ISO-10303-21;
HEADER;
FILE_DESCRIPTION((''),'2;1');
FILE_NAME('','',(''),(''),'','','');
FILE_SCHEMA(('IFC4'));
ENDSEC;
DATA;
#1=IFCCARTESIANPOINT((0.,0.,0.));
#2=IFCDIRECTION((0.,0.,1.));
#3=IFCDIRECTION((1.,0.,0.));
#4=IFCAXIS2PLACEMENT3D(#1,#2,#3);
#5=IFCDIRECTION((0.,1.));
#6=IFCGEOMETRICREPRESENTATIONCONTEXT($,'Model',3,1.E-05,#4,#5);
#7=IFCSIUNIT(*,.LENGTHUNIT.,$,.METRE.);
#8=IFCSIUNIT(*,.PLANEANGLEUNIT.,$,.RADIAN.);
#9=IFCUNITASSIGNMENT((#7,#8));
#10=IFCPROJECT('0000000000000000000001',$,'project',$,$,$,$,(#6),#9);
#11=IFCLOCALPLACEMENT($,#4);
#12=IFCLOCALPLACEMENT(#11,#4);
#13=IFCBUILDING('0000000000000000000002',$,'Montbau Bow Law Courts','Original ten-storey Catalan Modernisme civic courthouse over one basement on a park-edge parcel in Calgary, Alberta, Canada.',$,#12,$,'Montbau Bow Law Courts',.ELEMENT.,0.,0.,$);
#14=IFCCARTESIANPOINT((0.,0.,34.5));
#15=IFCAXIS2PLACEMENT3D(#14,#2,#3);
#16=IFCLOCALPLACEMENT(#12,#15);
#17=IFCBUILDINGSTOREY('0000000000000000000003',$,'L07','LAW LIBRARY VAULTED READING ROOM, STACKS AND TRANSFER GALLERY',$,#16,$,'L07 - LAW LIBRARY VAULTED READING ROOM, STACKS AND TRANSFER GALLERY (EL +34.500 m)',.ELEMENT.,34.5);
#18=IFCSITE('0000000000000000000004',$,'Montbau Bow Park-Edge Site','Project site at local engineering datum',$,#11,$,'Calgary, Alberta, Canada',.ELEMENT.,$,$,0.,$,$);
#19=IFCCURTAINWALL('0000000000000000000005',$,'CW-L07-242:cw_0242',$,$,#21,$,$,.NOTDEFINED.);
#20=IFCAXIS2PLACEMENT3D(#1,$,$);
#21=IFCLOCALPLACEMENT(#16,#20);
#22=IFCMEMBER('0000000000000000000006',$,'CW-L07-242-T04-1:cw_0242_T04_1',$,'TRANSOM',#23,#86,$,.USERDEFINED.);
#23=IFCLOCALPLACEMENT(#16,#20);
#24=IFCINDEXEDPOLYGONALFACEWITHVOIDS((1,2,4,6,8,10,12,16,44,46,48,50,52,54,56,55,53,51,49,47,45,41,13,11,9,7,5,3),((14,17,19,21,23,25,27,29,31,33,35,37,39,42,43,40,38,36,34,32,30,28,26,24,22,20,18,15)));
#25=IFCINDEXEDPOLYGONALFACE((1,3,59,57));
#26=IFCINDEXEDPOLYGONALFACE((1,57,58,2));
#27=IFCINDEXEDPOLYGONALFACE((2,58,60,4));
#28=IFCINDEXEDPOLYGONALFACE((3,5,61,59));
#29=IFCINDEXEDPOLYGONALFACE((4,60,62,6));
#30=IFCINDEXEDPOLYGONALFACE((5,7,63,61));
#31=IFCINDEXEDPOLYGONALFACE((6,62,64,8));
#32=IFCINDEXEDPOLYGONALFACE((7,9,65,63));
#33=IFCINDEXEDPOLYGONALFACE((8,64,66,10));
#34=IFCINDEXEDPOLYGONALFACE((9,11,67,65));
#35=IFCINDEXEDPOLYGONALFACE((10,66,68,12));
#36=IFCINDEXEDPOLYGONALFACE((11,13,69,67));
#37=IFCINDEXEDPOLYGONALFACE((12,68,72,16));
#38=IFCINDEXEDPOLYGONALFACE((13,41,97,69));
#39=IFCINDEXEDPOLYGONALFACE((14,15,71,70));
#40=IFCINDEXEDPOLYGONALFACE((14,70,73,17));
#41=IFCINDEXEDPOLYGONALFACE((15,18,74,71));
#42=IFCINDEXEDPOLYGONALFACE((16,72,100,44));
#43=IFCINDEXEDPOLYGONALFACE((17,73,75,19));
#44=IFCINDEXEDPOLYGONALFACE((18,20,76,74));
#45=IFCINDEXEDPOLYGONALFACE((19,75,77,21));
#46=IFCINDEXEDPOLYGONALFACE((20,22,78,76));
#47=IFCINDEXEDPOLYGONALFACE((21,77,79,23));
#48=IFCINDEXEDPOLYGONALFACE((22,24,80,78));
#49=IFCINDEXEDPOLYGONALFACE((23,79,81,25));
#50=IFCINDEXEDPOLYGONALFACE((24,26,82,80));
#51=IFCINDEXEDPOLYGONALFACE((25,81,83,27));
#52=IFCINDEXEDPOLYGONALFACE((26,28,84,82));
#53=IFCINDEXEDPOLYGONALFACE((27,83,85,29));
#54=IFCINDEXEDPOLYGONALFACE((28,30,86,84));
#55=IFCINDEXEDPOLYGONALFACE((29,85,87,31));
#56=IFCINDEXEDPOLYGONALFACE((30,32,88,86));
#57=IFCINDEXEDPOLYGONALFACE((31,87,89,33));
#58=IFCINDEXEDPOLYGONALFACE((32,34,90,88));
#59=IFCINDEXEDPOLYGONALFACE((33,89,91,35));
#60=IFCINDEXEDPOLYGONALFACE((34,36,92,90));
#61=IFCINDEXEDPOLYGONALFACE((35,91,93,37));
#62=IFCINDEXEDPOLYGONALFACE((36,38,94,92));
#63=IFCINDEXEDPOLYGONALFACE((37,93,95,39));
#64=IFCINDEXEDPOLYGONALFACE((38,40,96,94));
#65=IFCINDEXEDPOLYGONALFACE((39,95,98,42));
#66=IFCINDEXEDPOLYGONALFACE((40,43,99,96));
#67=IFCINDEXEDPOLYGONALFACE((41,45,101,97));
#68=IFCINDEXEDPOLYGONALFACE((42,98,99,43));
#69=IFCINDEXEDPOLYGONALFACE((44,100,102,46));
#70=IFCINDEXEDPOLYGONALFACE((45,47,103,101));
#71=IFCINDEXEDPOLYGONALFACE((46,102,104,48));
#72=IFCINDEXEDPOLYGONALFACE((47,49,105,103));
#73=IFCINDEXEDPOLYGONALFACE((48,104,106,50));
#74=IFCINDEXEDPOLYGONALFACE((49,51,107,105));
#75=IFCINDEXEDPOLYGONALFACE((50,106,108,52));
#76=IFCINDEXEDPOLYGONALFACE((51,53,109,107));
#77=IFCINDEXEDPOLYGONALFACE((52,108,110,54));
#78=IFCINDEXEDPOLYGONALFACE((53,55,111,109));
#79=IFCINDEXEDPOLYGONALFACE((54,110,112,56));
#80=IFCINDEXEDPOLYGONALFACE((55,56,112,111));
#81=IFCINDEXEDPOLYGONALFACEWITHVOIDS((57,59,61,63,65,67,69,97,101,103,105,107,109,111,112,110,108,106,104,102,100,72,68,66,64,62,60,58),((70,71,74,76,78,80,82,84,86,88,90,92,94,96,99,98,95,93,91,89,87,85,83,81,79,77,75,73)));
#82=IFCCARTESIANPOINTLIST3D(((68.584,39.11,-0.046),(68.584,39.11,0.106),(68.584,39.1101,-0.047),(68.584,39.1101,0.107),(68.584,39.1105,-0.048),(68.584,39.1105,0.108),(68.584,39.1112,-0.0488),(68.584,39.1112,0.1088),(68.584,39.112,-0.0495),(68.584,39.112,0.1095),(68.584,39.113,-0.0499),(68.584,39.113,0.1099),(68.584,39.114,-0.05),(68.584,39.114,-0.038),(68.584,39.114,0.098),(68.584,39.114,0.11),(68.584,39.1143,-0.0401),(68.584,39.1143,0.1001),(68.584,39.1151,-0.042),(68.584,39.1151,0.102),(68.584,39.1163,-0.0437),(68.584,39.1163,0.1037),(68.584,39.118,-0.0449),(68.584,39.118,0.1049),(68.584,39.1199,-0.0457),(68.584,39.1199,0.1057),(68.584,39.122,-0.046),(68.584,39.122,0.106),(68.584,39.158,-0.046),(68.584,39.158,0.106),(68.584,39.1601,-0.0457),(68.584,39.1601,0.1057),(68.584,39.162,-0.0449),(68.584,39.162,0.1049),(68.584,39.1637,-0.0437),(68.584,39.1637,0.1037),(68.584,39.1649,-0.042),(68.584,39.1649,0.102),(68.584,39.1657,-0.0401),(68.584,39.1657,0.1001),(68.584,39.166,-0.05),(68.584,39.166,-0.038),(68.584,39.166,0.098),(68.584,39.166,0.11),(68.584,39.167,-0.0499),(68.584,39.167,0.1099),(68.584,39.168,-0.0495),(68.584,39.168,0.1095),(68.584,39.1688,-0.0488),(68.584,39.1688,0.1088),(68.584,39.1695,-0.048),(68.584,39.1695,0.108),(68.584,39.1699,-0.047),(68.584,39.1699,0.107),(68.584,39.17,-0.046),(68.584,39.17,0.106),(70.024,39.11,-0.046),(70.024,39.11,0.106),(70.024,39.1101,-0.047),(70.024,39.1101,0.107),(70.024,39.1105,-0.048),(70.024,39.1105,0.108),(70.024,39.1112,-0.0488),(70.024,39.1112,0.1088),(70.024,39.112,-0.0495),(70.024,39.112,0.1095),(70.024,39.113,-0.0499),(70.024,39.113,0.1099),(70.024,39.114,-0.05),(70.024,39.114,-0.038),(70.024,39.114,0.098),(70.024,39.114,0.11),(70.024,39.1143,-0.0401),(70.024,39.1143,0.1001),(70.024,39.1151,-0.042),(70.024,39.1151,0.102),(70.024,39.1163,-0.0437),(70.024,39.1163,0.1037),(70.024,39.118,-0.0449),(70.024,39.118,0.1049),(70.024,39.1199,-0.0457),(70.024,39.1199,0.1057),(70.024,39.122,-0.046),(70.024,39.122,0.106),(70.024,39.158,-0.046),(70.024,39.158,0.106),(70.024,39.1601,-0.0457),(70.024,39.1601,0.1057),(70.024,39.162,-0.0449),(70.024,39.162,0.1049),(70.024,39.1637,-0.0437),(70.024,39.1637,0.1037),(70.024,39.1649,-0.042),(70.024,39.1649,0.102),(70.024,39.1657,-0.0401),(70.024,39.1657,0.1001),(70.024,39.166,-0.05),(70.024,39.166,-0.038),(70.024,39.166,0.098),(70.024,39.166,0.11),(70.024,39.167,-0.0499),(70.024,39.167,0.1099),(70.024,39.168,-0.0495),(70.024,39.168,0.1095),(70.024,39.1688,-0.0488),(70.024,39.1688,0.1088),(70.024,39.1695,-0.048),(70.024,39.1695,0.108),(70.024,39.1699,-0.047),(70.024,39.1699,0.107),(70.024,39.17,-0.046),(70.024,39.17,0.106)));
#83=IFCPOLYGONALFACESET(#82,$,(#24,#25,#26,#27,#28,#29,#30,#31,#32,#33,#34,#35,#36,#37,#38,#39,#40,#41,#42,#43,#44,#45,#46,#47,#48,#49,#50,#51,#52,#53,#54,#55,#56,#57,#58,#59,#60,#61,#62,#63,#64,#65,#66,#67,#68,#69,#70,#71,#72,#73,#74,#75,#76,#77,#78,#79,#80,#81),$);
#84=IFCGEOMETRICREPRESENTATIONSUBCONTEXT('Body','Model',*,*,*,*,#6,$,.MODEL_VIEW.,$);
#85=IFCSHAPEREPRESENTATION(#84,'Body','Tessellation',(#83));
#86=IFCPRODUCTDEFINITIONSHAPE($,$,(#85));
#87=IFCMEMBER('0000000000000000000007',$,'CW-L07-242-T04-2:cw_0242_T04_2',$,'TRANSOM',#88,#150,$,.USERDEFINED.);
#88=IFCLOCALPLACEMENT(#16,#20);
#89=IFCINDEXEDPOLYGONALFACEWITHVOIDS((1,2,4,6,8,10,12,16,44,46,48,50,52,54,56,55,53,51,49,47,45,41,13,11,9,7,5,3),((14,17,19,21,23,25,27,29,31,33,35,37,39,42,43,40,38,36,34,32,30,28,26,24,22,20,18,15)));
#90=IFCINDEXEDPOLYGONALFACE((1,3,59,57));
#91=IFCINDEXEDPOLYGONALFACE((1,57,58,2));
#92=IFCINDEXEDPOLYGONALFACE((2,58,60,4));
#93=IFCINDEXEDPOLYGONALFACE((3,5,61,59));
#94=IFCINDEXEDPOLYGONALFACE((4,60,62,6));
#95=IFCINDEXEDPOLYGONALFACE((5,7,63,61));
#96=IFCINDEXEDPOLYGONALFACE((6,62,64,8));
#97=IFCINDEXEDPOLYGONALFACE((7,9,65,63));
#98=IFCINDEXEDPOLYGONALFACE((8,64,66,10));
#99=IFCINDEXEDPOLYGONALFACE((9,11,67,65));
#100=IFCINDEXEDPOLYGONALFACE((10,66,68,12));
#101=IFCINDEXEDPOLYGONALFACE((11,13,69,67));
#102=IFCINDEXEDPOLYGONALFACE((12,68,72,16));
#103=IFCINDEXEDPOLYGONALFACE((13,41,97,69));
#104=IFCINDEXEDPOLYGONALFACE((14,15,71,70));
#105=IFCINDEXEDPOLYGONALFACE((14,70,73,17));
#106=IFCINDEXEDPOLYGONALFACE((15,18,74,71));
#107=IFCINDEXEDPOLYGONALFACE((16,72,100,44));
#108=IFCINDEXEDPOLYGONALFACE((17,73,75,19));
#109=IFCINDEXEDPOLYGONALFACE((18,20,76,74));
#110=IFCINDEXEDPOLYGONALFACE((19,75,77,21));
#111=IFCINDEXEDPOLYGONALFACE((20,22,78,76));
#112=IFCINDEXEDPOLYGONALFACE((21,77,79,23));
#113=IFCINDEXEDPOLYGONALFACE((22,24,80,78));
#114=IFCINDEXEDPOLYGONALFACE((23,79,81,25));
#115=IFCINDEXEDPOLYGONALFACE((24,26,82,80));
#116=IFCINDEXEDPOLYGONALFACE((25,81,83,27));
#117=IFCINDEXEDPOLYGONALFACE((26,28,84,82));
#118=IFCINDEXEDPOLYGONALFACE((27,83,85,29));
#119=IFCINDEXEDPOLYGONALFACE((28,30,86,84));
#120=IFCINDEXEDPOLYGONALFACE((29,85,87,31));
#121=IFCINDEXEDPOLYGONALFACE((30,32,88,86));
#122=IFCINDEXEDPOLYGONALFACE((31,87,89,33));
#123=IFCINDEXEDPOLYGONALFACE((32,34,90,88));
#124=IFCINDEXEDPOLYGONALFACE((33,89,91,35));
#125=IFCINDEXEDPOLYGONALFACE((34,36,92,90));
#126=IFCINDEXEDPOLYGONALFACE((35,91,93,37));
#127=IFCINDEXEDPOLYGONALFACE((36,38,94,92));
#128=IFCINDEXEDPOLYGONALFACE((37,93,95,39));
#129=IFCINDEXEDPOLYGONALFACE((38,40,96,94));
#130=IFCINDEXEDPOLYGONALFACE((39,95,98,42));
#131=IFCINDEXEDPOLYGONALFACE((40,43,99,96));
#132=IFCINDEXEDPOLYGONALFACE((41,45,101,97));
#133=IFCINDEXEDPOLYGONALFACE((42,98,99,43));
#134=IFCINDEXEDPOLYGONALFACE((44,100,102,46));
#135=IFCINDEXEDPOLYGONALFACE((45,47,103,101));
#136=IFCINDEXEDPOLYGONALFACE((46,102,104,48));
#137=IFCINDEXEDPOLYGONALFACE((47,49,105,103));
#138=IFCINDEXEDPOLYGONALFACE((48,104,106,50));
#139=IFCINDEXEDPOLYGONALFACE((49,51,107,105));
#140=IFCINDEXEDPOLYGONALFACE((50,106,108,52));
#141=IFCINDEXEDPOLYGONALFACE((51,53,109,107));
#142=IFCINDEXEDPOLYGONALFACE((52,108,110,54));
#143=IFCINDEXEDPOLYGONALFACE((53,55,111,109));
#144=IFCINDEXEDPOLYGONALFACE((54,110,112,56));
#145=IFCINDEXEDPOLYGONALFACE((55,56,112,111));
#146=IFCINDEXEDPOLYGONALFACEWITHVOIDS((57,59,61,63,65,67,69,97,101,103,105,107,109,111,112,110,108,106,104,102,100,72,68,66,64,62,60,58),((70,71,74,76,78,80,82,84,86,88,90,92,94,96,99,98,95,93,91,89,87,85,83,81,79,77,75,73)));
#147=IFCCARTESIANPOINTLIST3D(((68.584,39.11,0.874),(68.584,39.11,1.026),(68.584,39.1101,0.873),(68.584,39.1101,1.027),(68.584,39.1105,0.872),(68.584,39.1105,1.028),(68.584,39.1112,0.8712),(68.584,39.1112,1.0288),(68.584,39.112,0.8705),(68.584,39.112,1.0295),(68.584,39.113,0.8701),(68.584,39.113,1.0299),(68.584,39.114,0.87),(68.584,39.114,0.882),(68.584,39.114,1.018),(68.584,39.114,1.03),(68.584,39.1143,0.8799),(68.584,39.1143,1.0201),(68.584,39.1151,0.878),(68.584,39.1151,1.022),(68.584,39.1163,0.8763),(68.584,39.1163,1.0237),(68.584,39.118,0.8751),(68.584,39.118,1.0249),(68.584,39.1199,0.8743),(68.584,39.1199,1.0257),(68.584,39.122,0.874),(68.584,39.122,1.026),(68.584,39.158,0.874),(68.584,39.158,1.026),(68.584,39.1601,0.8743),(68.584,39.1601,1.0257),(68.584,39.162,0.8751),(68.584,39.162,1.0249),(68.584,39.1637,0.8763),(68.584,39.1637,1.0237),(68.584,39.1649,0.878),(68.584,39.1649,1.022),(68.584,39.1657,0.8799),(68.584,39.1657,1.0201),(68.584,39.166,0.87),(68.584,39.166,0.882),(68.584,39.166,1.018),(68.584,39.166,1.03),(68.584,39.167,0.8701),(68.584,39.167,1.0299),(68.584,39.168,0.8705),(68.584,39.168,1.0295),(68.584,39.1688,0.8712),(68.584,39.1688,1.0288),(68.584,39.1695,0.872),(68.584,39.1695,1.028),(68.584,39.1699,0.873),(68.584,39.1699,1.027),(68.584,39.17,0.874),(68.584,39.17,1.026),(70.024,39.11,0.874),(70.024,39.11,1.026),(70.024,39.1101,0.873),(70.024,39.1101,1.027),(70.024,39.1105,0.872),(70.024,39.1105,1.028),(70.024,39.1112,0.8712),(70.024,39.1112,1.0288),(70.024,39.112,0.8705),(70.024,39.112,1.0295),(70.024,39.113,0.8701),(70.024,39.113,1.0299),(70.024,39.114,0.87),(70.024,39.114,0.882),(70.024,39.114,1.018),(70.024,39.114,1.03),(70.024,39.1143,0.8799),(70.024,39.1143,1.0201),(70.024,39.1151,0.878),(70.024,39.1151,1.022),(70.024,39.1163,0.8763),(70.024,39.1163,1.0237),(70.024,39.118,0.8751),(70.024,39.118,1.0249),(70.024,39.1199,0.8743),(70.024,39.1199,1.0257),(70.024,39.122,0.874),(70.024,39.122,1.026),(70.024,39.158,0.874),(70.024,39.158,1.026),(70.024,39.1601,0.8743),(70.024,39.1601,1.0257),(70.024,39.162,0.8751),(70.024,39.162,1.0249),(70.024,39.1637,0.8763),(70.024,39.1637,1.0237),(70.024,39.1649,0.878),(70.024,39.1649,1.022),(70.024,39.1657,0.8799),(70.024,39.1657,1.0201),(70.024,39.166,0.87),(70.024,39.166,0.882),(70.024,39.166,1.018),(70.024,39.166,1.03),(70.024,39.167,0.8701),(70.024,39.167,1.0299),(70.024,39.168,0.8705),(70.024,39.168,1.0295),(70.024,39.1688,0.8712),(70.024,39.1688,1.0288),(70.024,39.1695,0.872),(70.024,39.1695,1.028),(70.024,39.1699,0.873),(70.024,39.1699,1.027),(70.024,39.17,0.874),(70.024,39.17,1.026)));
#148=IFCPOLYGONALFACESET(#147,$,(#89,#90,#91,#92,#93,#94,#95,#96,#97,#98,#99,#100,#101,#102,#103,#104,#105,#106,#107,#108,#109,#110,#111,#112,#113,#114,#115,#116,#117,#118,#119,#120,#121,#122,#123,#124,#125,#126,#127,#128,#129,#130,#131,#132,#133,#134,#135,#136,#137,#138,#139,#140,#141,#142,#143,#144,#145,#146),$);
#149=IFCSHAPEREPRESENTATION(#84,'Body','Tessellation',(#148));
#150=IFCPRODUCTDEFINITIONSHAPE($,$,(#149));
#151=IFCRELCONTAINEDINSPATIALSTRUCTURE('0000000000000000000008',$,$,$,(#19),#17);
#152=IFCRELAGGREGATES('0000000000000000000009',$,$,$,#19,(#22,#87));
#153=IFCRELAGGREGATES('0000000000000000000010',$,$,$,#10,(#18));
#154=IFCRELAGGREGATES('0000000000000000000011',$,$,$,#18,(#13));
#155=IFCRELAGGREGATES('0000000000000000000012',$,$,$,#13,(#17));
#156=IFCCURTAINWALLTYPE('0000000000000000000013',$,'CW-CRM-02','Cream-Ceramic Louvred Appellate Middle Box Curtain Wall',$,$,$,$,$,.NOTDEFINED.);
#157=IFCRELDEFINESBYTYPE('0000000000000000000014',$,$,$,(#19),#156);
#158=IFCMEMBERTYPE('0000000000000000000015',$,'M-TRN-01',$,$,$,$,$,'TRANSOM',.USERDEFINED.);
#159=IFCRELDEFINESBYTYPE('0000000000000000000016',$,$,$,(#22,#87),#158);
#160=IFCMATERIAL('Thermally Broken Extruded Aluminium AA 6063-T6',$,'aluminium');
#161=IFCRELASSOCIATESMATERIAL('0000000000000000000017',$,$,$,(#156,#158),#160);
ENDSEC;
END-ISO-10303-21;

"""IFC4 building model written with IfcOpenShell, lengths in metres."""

from ifc_helpers import new_model, si_unit, direction, frame, origin_with_axes, origin_2d_with_axis, place, context, subcontext, project, spatial, hollow_rectangle, extrude, material, material_profile, profile_set, type_object, element, aggregate, save


model = new_model("IFC4")

# Units and contexts
model_context = context("Model", 3, precision=1e-05, world=origin_with_axes(), true_north=direction((0.0, 1.0)))
body_context = subcontext(model_context, "Body", "Model", "MODEL_VIEW")
ifc_project = project(units=[si_unit("LENGTHUNIT", "METRE"), si_unit("PLANEANGLEUNIT", "RADIAN")], contexts=[model_context])

# Site, building, storey
site_placement = place(None, origin_with_axes())
site = spatial("IfcSite", under=ifc_project, at=site_placement, Name="Montbau Bow Park-Edge Site", Description="Project site at local engineering datum", LongName="Calgary, Alberta, Canada", CompositionType="ELEMENT", RefElevation=0.0)
building_placement = place(site_placement, origin_with_axes())
building = spatial("IfcBuilding", under=site, at=building_placement, Name="Montbau Bow Law Courts", Description="Original ten-storey Catalan Modernisme civic courthouse over one basement on a park-edge parcel in Calgary, Alberta, Canada.", LongName="Montbau Bow Law Courts", CompositionType="ELEMENT", ElevationOfRefHeight=0.0, ElevationOfTerrain=0.0)
storey_placement = place(building_placement, frame((0.0, 0.0, 34.5), z_axis=(0.0, 0.0, 1.0), x_axis=(1.0, 0.0, 0.0)))
storey = spatial("IfcBuildingStorey", under=building, at=storey_placement, Name="L07", Description="LAW LIBRARY VAULTED READING ROOM, STACKS AND TRANSFER GALLERY", LongName="L07 - LAW LIBRARY VAULTED READING ROOM, STACKS AND TRANSFER GALLERY (EL +34.500 m)", CompositionType="ELEMENT", Elevation=34.5)

# Curtain wall, members
ifc_material_1 = material(Name="Thermally Broken Extruded Aluminium AA 6063-T6", Category="aluminium")
curtain_wall_type = type_object("IfcCurtainWallType", Name="CW-CRM-02", Description="Cream-Ceramic Louvred Appellate Middle Box Curtain Wall", PredefinedType="NOTDEFINED", material=ifc_material_1)
curtain_wall_placement = place(None, frame((64.04, 39.14, 34.5), z_axis=(0.0, 0.0, 1.0), x_axis=(1.0, 0.0, 0.0)))
curtain_wall = element("IfcCurtainWall", 1, at=curtain_wall_placement, inside=storey, type_object=curtain_wall_type, Name="CW-L07-242:cw_0242", PredefinedType="NOTDEFINED")
ifc_material_profile_1 = material_profile(ifc_material_1, hollow_rectangle(XDim=0.06, YDim=0.16, WallThickness=0.004, InnerFilletRadius=0.008, OuterFilletRadius=0.004, at=origin_2d_with_axis()), Name="CWT-160X60", Category="Main", Priority=0)
ifc_profile_set_1 = profile_set([ifc_material_profile_1], Name="Thermally Broken Extruded Aluminium AA 6063-T6")
member_type_1 = type_object("IfcMemberType", Name="M-TRN-01", ElementType="TRANSOM", PredefinedType="USERDEFINED", material=ifc_profile_set_1)
member_1_placement = place(None, frame((68.584, 39.14, 34.53), z_axis=(1.0, 0.0, 0.0), x_axis=(0.0, 1.0, 0.0)))
member_1 = element("IfcMember", 2, at=member_1_placement, type_object=member_type_1, Name="CW-L07-242-T04-1:cw_0242_T04_1", ObjectType="TRANSOM", PredefinedType="USERDEFINED", context=body_context, shape_type="SweptSolid", body=[
    extrude(hollow_rectangle(XDim=0.06, YDim=0.16, WallThickness=0.004, InnerFilletRadius=0.008, OuterFilletRadius=0.004, at=origin_2d_with_axis()), origin_with_axes(), (0.0, 0.0, 1.0), 1.44),
])
member_2_placement = place(None, frame((68.584, 39.14, 35.45), z_axis=(1.0, 0.0, 0.0), x_axis=(0.0, 1.0, 0.0)))
member_2 = element("IfcMember", 3, at=member_2_placement, type_object=member_type_1, Name="CW-L07-242-T04-2:cw_0242_T04_2", ObjectType="TRANSOM", PredefinedType="USERDEFINED", context=body_context, shape_type="SweptSolid", body=[
    extrude(hollow_rectangle(XDim=0.06, YDim=0.16, WallThickness=0.004, InnerFilletRadius=0.008, OuterFilletRadius=0.004, at=origin_2d_with_axis()), origin_with_axes(), (0.0, 0.0, 1.0), 1.44),
])
aggregate(curtain_wall, [member_1, member_2])

save(model, "model.ifc")
